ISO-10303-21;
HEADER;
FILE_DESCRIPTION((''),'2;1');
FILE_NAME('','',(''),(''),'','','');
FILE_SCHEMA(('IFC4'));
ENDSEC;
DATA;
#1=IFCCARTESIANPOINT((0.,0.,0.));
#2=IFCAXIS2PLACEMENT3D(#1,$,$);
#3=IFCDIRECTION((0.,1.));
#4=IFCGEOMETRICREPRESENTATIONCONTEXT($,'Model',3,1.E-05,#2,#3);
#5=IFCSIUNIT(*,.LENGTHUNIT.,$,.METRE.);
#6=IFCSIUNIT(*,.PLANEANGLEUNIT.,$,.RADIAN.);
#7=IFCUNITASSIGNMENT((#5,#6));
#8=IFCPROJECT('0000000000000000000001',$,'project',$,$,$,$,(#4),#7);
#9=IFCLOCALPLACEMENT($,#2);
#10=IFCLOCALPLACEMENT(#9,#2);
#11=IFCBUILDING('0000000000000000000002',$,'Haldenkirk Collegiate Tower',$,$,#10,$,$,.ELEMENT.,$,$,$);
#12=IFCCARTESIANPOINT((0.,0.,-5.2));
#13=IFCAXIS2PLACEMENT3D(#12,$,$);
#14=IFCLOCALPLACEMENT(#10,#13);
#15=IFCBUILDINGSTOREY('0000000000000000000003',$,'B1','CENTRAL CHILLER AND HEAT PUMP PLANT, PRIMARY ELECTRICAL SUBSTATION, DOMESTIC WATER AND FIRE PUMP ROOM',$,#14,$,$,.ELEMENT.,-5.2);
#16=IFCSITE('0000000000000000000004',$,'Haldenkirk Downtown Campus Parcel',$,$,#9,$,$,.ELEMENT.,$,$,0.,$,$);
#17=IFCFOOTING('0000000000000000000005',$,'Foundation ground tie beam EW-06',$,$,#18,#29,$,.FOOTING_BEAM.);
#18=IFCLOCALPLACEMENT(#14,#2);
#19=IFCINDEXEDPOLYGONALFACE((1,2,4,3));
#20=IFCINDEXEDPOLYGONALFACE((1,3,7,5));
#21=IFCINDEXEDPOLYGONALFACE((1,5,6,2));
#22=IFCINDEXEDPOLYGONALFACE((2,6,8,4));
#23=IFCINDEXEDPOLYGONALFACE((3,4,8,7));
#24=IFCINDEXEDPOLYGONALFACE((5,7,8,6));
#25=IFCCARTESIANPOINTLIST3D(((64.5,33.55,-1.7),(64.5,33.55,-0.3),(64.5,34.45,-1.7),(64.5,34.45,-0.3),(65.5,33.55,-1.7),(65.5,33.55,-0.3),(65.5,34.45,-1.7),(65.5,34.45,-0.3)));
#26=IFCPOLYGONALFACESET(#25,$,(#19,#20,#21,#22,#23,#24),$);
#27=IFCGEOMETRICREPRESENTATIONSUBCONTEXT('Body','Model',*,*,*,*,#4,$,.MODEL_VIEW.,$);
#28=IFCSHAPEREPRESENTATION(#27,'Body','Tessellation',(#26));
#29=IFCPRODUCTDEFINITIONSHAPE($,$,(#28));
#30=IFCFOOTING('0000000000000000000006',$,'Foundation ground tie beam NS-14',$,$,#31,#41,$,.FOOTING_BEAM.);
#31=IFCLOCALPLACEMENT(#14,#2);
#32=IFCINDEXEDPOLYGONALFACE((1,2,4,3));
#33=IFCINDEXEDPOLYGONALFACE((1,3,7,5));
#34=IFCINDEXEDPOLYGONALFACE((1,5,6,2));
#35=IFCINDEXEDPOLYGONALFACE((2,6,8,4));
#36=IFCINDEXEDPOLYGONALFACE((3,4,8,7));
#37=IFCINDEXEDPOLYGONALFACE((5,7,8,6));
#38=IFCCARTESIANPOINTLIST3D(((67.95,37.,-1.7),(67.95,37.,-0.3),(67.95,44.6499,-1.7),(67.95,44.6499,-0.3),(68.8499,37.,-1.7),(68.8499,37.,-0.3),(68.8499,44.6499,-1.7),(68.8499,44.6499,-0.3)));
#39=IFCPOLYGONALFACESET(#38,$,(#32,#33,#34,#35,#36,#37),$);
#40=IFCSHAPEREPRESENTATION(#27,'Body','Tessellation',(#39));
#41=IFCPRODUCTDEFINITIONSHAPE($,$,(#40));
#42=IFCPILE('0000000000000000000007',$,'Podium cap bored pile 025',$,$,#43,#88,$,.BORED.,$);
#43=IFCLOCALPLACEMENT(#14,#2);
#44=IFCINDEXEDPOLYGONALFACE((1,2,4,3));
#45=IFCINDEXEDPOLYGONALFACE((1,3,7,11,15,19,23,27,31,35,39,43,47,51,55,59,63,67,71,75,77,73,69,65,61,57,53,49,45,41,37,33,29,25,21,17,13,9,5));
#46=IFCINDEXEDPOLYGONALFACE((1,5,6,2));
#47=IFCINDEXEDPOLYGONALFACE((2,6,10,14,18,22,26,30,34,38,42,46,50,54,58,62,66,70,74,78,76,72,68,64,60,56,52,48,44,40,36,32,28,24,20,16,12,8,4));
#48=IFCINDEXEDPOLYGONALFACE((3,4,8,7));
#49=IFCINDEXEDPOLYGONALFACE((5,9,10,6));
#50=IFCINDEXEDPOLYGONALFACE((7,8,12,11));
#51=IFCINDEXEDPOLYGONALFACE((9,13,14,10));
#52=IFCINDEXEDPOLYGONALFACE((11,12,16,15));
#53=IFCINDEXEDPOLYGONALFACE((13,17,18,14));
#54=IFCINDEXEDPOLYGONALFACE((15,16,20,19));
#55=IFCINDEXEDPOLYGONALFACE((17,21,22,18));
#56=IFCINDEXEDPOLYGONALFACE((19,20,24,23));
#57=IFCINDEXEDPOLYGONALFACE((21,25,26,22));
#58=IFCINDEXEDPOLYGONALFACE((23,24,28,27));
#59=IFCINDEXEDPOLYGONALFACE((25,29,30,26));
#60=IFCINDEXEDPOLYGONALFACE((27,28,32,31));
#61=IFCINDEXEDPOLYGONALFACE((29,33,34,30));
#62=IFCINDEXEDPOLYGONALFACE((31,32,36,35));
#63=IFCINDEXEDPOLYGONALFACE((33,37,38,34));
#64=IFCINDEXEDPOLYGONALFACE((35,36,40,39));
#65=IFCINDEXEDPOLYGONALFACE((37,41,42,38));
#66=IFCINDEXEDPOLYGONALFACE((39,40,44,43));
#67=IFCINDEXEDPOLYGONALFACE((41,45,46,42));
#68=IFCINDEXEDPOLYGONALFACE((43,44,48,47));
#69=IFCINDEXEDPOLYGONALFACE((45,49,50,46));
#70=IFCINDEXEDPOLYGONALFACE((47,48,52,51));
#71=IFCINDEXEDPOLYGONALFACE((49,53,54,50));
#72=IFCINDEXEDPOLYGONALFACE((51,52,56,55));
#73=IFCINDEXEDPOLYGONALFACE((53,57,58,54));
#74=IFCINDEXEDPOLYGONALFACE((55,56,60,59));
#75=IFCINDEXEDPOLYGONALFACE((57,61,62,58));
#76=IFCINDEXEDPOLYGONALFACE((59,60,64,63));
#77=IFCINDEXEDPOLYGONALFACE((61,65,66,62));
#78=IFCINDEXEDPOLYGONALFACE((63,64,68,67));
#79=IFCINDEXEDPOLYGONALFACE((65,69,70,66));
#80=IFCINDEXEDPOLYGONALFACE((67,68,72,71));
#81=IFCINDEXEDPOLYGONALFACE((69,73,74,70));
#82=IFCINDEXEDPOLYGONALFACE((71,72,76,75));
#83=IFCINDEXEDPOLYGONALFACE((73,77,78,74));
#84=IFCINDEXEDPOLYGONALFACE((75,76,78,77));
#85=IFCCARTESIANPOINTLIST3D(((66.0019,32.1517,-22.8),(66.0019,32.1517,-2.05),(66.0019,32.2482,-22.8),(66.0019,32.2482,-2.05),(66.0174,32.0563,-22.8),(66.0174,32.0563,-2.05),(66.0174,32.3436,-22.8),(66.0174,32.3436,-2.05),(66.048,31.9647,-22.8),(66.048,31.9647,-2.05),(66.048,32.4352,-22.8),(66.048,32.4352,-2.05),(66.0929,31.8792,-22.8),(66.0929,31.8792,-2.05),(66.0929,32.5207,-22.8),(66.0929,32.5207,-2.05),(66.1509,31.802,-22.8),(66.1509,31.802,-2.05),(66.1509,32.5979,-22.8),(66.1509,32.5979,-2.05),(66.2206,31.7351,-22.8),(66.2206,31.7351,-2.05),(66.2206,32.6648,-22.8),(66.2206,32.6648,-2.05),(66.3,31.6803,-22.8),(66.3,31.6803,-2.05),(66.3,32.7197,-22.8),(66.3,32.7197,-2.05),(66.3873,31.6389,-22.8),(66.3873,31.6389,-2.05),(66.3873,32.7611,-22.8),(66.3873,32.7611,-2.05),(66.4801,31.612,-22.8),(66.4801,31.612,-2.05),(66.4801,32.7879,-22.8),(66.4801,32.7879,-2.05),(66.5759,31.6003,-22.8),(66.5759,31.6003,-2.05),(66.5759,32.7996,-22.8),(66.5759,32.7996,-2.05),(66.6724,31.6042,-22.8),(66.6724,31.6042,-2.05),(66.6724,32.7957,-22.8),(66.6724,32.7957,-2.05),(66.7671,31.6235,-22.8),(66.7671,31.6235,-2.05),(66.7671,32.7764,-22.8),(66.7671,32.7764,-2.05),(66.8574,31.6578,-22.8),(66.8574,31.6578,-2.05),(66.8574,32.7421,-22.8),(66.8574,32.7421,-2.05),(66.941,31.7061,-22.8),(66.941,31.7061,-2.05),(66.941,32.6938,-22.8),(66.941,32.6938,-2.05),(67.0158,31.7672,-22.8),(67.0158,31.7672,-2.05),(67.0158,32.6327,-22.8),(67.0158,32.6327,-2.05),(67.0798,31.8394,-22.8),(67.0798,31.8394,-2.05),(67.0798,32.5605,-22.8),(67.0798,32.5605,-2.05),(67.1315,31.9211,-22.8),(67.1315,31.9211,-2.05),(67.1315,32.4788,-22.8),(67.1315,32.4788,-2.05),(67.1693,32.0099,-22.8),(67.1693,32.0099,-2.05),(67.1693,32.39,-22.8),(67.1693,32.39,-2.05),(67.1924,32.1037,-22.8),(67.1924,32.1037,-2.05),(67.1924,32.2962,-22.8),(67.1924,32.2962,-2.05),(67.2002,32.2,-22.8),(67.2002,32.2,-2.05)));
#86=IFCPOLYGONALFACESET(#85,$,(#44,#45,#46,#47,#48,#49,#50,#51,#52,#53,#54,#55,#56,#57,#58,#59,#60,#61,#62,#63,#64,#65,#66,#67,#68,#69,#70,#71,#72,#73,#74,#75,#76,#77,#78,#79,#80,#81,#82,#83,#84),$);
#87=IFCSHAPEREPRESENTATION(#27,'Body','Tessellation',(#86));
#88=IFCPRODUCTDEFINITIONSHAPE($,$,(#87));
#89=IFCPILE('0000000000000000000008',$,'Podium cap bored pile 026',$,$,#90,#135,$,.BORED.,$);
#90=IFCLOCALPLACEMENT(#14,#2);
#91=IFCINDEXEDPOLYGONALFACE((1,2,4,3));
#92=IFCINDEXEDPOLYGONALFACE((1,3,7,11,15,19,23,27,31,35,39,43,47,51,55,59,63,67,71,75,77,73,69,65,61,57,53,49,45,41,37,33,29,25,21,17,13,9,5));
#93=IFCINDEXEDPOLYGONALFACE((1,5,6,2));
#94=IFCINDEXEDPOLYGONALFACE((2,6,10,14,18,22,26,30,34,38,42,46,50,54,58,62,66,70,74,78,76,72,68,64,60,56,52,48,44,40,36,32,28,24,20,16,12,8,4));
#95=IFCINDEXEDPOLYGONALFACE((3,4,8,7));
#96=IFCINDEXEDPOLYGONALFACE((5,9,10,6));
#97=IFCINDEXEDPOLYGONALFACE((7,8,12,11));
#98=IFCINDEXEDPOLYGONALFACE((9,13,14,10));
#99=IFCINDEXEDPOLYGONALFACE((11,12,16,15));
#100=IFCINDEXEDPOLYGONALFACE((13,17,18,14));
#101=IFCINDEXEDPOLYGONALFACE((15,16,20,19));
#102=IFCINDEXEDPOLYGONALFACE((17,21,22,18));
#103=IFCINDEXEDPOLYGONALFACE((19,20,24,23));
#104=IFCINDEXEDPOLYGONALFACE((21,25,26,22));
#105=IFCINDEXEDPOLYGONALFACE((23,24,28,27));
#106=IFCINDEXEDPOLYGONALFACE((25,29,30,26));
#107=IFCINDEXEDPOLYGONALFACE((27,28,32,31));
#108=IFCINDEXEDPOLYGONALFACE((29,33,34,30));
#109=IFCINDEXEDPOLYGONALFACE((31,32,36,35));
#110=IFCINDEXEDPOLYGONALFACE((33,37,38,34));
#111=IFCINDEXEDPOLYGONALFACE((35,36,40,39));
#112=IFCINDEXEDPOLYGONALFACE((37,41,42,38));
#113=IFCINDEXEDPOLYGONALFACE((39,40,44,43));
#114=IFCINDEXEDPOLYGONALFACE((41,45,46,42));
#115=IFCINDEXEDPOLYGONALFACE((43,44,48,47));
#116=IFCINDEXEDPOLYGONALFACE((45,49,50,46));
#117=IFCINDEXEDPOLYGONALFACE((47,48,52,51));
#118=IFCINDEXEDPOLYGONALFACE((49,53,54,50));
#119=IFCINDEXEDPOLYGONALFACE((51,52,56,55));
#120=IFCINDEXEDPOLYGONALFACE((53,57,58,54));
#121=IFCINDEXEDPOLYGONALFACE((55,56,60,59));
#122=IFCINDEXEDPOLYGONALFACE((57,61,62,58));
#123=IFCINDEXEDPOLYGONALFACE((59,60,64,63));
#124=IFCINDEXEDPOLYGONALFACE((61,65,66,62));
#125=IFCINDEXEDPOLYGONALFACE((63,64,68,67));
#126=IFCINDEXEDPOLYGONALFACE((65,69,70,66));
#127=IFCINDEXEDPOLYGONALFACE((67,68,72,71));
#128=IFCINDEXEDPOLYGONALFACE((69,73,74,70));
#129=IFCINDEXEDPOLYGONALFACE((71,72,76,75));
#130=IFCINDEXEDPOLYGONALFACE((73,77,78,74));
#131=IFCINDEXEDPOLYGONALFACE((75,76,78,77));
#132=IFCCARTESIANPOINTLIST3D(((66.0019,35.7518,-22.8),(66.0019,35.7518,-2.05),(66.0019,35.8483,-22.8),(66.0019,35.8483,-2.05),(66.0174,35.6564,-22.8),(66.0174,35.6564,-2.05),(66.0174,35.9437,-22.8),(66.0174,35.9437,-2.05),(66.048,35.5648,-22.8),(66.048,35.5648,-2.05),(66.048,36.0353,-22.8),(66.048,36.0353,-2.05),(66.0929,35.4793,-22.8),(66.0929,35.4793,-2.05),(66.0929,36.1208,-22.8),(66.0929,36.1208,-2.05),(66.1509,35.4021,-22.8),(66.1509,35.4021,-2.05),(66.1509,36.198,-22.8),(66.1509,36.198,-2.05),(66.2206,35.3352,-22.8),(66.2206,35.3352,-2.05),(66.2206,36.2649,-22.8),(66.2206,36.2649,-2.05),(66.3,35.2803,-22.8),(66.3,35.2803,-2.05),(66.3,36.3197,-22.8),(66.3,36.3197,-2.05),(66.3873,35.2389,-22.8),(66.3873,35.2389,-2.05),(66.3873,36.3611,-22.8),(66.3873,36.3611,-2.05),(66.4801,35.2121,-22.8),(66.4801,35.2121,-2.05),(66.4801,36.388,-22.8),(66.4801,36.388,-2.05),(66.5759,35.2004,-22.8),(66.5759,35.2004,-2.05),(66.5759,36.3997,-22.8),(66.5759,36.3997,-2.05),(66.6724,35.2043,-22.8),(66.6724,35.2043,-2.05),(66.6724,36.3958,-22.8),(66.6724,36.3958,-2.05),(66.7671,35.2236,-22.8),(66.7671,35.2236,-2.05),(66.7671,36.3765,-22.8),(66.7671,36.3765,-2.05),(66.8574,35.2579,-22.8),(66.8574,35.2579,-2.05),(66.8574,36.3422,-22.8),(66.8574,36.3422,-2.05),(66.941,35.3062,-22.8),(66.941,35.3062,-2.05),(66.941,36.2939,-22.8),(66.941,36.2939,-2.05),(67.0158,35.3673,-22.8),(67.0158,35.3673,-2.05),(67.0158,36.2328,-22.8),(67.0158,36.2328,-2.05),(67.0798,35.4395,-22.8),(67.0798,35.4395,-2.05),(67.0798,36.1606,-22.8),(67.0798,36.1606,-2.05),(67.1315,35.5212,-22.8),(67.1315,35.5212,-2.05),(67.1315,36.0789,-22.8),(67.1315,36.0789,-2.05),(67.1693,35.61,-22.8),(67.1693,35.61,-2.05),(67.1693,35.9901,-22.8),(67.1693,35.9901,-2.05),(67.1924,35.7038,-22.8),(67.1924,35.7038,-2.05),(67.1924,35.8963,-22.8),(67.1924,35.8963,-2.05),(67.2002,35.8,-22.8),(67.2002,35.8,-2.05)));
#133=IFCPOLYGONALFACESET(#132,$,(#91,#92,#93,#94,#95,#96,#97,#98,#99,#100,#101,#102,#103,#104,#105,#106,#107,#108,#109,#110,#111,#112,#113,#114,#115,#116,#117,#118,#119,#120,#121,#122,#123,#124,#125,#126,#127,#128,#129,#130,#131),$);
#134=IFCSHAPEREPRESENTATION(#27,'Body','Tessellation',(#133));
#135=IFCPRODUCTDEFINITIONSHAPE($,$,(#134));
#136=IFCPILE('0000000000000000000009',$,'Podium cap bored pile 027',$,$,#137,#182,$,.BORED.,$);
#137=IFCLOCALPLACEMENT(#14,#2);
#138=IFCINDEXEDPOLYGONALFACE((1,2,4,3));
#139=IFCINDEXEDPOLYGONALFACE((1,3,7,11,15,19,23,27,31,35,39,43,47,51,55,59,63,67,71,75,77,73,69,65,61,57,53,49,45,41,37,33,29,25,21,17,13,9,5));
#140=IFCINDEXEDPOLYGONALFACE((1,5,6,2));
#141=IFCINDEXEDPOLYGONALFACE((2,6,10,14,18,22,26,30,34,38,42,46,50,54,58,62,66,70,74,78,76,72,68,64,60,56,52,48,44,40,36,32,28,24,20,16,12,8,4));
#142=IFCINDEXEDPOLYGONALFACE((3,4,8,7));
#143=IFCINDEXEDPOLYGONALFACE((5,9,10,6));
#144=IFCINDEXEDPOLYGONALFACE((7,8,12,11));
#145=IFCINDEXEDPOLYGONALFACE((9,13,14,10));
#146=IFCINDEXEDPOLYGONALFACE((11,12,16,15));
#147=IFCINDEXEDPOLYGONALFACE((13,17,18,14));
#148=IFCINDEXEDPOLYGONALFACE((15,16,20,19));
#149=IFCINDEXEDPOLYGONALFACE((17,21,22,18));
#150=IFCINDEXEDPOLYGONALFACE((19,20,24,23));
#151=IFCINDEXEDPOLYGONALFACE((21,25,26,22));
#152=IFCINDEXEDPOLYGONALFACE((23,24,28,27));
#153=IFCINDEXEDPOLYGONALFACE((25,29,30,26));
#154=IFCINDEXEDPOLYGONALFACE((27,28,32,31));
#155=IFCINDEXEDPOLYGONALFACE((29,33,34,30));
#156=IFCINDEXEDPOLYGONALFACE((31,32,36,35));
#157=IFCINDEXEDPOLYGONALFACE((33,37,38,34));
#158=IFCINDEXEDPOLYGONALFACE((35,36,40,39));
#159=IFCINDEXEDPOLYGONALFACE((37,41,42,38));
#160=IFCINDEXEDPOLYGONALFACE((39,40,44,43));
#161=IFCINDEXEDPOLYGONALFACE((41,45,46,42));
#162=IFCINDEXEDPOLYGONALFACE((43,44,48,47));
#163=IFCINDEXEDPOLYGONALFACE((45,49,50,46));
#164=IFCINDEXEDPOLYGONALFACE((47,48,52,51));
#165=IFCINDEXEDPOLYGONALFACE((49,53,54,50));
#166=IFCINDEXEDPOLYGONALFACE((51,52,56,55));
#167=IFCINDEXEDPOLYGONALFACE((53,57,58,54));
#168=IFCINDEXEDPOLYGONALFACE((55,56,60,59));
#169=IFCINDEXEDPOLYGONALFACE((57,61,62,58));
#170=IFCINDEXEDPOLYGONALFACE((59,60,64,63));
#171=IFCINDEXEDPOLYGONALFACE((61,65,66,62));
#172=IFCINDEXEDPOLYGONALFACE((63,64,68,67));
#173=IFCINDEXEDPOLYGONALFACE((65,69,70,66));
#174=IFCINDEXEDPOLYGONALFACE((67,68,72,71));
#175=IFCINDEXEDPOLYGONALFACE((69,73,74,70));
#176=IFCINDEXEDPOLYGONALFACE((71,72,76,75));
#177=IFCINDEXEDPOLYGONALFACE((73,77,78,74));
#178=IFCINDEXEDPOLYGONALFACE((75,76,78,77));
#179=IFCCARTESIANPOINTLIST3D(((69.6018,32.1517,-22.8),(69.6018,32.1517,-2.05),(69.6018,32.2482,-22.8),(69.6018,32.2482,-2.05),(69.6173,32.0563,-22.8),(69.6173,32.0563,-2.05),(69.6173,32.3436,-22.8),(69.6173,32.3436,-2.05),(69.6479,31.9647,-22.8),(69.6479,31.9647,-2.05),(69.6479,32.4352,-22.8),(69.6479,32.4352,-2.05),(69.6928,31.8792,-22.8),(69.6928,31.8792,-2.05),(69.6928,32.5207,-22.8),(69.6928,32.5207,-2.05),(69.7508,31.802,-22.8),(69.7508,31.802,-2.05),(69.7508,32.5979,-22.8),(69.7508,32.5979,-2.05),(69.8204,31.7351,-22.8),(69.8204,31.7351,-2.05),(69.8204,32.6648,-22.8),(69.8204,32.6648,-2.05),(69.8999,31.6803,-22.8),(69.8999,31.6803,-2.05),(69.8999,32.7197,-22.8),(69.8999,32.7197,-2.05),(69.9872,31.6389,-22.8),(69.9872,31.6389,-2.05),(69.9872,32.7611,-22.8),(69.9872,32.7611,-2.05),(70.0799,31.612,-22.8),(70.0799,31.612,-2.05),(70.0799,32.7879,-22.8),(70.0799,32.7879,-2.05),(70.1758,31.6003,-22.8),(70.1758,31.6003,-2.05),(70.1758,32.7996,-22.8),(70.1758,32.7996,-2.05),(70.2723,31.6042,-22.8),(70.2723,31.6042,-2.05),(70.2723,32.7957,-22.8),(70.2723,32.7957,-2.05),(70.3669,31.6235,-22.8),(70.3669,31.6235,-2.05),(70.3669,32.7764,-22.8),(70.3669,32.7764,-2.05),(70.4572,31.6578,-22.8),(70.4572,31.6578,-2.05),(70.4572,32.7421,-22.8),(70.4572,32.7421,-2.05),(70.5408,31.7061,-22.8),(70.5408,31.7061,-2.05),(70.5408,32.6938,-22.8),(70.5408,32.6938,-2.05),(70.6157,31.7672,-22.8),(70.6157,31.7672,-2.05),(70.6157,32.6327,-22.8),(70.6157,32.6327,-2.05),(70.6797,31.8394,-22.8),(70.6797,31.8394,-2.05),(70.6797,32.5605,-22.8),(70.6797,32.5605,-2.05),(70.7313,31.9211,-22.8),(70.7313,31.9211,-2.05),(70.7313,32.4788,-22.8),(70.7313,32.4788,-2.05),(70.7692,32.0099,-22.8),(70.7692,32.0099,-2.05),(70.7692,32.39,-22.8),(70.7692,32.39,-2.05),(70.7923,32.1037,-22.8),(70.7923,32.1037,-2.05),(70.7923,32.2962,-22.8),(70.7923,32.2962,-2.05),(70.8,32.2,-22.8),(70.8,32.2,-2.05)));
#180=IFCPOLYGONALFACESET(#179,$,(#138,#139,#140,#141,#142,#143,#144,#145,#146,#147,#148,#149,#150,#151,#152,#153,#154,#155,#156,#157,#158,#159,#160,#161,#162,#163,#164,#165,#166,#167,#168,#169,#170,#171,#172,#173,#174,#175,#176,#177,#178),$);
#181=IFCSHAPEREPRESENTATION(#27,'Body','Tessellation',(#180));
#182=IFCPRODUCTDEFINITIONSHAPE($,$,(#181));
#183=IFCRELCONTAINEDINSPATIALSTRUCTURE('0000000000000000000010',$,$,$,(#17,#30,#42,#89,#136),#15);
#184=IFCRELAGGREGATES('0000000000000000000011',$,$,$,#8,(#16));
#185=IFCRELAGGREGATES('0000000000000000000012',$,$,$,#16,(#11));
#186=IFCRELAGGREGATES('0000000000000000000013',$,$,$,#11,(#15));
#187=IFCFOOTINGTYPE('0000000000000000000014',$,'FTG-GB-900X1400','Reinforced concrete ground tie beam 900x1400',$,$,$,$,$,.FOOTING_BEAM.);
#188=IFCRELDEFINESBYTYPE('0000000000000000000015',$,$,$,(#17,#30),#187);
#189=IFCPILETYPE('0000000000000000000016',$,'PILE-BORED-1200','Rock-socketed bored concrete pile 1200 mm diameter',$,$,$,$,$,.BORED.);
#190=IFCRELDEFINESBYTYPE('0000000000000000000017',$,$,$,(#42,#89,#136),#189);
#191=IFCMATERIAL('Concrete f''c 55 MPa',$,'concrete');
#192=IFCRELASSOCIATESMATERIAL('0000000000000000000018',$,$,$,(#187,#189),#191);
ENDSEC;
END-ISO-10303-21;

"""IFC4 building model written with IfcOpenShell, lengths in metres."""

from ifc_helpers import new_model, si_unit, direction, frame, origin, origin_2d, place, context, subcontext, project, spatial, rectangle, circle, extrude, material, material_profile, profile_set, type_object, element, save


model = new_model("IFC4")

# Units and contexts
model_context = context("Model", 3, precision=1e-05, world=origin(), true_north=direction((0.0, 1.0)))
body_context = subcontext(model_context, "Body", "Model", "MODEL_VIEW")
ifc_project = project(units=[si_unit("LENGTHUNIT", "METRE"), si_unit("PLANEANGLEUNIT", "RADIAN")], contexts=[model_context])

# Site, building, storey
site_placement = place(None, origin())
site = spatial("IfcSite", under=ifc_project, at=site_placement, Name="Haldenkirk Downtown Campus Parcel", CompositionType="ELEMENT", RefElevation=0.0)
building_placement = place(site_placement, origin())
building = spatial("IfcBuilding", under=site, at=building_placement, Name="Haldenkirk Collegiate Tower", CompositionType="ELEMENT")
storey_placement = place(building_placement, frame((0.0, 0.0, -5.2)))
storey = spatial("IfcBuildingStorey", under=building, at=storey_placement, Name="B1", Description="CENTRAL CHILLER AND HEAT PUMP PLANT, PRIMARY ELECTRICAL SUBSTATION, DOMESTIC WATER AND FIRE PUMP ROOM", CompositionType="ELEMENT", Elevation=-5.2)

# Footings
ifc_material_1 = material(Name="Concrete f'c 55 MPa", Category="concrete")
ifc_material_profile_1 = material_profile(ifc_material_1, rectangle(XDim=0.8999, YDim=1.3999, at=origin_2d()), Name="RCGB900X1400")
ifc_profile_set_1 = profile_set([ifc_material_profile_1], Name="Concrete f'c 55 MPa")
footing_type = type_object("IfcFootingType", Name="FTG-GB-900X1400", Description="Reinforced concrete ground tie beam 900x1400", PredefinedType="FOOTING_BEAM", material=ifc_profile_set_1)
footing_1_placement = place(storey_placement, frame((64.5, 34.0, -1.0), z_axis=(1.0, 0.0, 0.0), x_axis=(0.0, 1.0, 0.0)))
element("IfcFooting", 1, at=footing_1_placement, inside=storey, type_object=footing_type, Name="Foundation ground tie beam EW-06", PredefinedType="FOOTING_BEAM", context=body_context, shape_type="SweptSolid", body=[
    extrude(rectangle(XDim=0.8999, YDim=1.3999, at=origin_2d()), origin(), (0.0, 0.0, 1.0), 1.0),
])
footing_2_placement = place(storey_placement, frame((68.3999, 37.0, -1.0), z_axis=(0.0, 1.0, 0.0), x_axis=(-1.0, 0.0, 0.0)))
element("IfcFooting", 2, at=footing_2_placement, inside=storey, type_object=footing_type, Name="Foundation ground tie beam NS-14", PredefinedType="FOOTING_BEAM", context=body_context, shape_type="SweptSolid", body=[
    extrude(rectangle(XDim=0.8999, YDim=1.3999, at=origin_2d()), origin(), (0.0, 0.0, 1.0), 7.6499),
])

# Piles
ifc_material_profile_2 = material_profile(ifc_material_1, circle(Radius=0.6001, at=origin_2d()), Name="PILE1200")
ifc_profile_set_2 = profile_set([ifc_material_profile_2], Name="Concrete f'c 55 MPa")
pile_type_1 = type_object("IfcPileType", Name="PILE-BORED-1200", Description="Rock-socketed bored concrete pile 1200 mm diameter", PredefinedType="BORED", material=ifc_profile_set_2)
for number, where, z_axis, x_axis, name in (
    (3, (66.6001, 32.2, -2.05), (0.0, 0.0, -1.0), (1.0, 0.0, 0.0), "Podium cap bored pile 025"),
    (4, (66.6001, 35.8, -2.05), (0.0, 0.0, -1.0), (1.0, 0.0, 0.0), "Podium cap bored pile 026"),
    (5, (70.2, 32.2, -2.05), (0.0, 0.0, -1.0), (1.0, 0.0, 0.0), "Podium cap bored pile 027"),
):
    element("IfcPile", number, at=place(storey_placement, frame(where, z_axis=z_axis, x_axis=x_axis)), inside=storey, type_object=pile_type_1, Name=name, PredefinedType="BORED", context=body_context, shape_type="SweptSolid", body=[
        extrude(circle(Radius=0.6001, at=origin_2d()), origin(), (0.0, 0.0, 1.0), 20.75),
    ])

save(model, "model.ifc")
